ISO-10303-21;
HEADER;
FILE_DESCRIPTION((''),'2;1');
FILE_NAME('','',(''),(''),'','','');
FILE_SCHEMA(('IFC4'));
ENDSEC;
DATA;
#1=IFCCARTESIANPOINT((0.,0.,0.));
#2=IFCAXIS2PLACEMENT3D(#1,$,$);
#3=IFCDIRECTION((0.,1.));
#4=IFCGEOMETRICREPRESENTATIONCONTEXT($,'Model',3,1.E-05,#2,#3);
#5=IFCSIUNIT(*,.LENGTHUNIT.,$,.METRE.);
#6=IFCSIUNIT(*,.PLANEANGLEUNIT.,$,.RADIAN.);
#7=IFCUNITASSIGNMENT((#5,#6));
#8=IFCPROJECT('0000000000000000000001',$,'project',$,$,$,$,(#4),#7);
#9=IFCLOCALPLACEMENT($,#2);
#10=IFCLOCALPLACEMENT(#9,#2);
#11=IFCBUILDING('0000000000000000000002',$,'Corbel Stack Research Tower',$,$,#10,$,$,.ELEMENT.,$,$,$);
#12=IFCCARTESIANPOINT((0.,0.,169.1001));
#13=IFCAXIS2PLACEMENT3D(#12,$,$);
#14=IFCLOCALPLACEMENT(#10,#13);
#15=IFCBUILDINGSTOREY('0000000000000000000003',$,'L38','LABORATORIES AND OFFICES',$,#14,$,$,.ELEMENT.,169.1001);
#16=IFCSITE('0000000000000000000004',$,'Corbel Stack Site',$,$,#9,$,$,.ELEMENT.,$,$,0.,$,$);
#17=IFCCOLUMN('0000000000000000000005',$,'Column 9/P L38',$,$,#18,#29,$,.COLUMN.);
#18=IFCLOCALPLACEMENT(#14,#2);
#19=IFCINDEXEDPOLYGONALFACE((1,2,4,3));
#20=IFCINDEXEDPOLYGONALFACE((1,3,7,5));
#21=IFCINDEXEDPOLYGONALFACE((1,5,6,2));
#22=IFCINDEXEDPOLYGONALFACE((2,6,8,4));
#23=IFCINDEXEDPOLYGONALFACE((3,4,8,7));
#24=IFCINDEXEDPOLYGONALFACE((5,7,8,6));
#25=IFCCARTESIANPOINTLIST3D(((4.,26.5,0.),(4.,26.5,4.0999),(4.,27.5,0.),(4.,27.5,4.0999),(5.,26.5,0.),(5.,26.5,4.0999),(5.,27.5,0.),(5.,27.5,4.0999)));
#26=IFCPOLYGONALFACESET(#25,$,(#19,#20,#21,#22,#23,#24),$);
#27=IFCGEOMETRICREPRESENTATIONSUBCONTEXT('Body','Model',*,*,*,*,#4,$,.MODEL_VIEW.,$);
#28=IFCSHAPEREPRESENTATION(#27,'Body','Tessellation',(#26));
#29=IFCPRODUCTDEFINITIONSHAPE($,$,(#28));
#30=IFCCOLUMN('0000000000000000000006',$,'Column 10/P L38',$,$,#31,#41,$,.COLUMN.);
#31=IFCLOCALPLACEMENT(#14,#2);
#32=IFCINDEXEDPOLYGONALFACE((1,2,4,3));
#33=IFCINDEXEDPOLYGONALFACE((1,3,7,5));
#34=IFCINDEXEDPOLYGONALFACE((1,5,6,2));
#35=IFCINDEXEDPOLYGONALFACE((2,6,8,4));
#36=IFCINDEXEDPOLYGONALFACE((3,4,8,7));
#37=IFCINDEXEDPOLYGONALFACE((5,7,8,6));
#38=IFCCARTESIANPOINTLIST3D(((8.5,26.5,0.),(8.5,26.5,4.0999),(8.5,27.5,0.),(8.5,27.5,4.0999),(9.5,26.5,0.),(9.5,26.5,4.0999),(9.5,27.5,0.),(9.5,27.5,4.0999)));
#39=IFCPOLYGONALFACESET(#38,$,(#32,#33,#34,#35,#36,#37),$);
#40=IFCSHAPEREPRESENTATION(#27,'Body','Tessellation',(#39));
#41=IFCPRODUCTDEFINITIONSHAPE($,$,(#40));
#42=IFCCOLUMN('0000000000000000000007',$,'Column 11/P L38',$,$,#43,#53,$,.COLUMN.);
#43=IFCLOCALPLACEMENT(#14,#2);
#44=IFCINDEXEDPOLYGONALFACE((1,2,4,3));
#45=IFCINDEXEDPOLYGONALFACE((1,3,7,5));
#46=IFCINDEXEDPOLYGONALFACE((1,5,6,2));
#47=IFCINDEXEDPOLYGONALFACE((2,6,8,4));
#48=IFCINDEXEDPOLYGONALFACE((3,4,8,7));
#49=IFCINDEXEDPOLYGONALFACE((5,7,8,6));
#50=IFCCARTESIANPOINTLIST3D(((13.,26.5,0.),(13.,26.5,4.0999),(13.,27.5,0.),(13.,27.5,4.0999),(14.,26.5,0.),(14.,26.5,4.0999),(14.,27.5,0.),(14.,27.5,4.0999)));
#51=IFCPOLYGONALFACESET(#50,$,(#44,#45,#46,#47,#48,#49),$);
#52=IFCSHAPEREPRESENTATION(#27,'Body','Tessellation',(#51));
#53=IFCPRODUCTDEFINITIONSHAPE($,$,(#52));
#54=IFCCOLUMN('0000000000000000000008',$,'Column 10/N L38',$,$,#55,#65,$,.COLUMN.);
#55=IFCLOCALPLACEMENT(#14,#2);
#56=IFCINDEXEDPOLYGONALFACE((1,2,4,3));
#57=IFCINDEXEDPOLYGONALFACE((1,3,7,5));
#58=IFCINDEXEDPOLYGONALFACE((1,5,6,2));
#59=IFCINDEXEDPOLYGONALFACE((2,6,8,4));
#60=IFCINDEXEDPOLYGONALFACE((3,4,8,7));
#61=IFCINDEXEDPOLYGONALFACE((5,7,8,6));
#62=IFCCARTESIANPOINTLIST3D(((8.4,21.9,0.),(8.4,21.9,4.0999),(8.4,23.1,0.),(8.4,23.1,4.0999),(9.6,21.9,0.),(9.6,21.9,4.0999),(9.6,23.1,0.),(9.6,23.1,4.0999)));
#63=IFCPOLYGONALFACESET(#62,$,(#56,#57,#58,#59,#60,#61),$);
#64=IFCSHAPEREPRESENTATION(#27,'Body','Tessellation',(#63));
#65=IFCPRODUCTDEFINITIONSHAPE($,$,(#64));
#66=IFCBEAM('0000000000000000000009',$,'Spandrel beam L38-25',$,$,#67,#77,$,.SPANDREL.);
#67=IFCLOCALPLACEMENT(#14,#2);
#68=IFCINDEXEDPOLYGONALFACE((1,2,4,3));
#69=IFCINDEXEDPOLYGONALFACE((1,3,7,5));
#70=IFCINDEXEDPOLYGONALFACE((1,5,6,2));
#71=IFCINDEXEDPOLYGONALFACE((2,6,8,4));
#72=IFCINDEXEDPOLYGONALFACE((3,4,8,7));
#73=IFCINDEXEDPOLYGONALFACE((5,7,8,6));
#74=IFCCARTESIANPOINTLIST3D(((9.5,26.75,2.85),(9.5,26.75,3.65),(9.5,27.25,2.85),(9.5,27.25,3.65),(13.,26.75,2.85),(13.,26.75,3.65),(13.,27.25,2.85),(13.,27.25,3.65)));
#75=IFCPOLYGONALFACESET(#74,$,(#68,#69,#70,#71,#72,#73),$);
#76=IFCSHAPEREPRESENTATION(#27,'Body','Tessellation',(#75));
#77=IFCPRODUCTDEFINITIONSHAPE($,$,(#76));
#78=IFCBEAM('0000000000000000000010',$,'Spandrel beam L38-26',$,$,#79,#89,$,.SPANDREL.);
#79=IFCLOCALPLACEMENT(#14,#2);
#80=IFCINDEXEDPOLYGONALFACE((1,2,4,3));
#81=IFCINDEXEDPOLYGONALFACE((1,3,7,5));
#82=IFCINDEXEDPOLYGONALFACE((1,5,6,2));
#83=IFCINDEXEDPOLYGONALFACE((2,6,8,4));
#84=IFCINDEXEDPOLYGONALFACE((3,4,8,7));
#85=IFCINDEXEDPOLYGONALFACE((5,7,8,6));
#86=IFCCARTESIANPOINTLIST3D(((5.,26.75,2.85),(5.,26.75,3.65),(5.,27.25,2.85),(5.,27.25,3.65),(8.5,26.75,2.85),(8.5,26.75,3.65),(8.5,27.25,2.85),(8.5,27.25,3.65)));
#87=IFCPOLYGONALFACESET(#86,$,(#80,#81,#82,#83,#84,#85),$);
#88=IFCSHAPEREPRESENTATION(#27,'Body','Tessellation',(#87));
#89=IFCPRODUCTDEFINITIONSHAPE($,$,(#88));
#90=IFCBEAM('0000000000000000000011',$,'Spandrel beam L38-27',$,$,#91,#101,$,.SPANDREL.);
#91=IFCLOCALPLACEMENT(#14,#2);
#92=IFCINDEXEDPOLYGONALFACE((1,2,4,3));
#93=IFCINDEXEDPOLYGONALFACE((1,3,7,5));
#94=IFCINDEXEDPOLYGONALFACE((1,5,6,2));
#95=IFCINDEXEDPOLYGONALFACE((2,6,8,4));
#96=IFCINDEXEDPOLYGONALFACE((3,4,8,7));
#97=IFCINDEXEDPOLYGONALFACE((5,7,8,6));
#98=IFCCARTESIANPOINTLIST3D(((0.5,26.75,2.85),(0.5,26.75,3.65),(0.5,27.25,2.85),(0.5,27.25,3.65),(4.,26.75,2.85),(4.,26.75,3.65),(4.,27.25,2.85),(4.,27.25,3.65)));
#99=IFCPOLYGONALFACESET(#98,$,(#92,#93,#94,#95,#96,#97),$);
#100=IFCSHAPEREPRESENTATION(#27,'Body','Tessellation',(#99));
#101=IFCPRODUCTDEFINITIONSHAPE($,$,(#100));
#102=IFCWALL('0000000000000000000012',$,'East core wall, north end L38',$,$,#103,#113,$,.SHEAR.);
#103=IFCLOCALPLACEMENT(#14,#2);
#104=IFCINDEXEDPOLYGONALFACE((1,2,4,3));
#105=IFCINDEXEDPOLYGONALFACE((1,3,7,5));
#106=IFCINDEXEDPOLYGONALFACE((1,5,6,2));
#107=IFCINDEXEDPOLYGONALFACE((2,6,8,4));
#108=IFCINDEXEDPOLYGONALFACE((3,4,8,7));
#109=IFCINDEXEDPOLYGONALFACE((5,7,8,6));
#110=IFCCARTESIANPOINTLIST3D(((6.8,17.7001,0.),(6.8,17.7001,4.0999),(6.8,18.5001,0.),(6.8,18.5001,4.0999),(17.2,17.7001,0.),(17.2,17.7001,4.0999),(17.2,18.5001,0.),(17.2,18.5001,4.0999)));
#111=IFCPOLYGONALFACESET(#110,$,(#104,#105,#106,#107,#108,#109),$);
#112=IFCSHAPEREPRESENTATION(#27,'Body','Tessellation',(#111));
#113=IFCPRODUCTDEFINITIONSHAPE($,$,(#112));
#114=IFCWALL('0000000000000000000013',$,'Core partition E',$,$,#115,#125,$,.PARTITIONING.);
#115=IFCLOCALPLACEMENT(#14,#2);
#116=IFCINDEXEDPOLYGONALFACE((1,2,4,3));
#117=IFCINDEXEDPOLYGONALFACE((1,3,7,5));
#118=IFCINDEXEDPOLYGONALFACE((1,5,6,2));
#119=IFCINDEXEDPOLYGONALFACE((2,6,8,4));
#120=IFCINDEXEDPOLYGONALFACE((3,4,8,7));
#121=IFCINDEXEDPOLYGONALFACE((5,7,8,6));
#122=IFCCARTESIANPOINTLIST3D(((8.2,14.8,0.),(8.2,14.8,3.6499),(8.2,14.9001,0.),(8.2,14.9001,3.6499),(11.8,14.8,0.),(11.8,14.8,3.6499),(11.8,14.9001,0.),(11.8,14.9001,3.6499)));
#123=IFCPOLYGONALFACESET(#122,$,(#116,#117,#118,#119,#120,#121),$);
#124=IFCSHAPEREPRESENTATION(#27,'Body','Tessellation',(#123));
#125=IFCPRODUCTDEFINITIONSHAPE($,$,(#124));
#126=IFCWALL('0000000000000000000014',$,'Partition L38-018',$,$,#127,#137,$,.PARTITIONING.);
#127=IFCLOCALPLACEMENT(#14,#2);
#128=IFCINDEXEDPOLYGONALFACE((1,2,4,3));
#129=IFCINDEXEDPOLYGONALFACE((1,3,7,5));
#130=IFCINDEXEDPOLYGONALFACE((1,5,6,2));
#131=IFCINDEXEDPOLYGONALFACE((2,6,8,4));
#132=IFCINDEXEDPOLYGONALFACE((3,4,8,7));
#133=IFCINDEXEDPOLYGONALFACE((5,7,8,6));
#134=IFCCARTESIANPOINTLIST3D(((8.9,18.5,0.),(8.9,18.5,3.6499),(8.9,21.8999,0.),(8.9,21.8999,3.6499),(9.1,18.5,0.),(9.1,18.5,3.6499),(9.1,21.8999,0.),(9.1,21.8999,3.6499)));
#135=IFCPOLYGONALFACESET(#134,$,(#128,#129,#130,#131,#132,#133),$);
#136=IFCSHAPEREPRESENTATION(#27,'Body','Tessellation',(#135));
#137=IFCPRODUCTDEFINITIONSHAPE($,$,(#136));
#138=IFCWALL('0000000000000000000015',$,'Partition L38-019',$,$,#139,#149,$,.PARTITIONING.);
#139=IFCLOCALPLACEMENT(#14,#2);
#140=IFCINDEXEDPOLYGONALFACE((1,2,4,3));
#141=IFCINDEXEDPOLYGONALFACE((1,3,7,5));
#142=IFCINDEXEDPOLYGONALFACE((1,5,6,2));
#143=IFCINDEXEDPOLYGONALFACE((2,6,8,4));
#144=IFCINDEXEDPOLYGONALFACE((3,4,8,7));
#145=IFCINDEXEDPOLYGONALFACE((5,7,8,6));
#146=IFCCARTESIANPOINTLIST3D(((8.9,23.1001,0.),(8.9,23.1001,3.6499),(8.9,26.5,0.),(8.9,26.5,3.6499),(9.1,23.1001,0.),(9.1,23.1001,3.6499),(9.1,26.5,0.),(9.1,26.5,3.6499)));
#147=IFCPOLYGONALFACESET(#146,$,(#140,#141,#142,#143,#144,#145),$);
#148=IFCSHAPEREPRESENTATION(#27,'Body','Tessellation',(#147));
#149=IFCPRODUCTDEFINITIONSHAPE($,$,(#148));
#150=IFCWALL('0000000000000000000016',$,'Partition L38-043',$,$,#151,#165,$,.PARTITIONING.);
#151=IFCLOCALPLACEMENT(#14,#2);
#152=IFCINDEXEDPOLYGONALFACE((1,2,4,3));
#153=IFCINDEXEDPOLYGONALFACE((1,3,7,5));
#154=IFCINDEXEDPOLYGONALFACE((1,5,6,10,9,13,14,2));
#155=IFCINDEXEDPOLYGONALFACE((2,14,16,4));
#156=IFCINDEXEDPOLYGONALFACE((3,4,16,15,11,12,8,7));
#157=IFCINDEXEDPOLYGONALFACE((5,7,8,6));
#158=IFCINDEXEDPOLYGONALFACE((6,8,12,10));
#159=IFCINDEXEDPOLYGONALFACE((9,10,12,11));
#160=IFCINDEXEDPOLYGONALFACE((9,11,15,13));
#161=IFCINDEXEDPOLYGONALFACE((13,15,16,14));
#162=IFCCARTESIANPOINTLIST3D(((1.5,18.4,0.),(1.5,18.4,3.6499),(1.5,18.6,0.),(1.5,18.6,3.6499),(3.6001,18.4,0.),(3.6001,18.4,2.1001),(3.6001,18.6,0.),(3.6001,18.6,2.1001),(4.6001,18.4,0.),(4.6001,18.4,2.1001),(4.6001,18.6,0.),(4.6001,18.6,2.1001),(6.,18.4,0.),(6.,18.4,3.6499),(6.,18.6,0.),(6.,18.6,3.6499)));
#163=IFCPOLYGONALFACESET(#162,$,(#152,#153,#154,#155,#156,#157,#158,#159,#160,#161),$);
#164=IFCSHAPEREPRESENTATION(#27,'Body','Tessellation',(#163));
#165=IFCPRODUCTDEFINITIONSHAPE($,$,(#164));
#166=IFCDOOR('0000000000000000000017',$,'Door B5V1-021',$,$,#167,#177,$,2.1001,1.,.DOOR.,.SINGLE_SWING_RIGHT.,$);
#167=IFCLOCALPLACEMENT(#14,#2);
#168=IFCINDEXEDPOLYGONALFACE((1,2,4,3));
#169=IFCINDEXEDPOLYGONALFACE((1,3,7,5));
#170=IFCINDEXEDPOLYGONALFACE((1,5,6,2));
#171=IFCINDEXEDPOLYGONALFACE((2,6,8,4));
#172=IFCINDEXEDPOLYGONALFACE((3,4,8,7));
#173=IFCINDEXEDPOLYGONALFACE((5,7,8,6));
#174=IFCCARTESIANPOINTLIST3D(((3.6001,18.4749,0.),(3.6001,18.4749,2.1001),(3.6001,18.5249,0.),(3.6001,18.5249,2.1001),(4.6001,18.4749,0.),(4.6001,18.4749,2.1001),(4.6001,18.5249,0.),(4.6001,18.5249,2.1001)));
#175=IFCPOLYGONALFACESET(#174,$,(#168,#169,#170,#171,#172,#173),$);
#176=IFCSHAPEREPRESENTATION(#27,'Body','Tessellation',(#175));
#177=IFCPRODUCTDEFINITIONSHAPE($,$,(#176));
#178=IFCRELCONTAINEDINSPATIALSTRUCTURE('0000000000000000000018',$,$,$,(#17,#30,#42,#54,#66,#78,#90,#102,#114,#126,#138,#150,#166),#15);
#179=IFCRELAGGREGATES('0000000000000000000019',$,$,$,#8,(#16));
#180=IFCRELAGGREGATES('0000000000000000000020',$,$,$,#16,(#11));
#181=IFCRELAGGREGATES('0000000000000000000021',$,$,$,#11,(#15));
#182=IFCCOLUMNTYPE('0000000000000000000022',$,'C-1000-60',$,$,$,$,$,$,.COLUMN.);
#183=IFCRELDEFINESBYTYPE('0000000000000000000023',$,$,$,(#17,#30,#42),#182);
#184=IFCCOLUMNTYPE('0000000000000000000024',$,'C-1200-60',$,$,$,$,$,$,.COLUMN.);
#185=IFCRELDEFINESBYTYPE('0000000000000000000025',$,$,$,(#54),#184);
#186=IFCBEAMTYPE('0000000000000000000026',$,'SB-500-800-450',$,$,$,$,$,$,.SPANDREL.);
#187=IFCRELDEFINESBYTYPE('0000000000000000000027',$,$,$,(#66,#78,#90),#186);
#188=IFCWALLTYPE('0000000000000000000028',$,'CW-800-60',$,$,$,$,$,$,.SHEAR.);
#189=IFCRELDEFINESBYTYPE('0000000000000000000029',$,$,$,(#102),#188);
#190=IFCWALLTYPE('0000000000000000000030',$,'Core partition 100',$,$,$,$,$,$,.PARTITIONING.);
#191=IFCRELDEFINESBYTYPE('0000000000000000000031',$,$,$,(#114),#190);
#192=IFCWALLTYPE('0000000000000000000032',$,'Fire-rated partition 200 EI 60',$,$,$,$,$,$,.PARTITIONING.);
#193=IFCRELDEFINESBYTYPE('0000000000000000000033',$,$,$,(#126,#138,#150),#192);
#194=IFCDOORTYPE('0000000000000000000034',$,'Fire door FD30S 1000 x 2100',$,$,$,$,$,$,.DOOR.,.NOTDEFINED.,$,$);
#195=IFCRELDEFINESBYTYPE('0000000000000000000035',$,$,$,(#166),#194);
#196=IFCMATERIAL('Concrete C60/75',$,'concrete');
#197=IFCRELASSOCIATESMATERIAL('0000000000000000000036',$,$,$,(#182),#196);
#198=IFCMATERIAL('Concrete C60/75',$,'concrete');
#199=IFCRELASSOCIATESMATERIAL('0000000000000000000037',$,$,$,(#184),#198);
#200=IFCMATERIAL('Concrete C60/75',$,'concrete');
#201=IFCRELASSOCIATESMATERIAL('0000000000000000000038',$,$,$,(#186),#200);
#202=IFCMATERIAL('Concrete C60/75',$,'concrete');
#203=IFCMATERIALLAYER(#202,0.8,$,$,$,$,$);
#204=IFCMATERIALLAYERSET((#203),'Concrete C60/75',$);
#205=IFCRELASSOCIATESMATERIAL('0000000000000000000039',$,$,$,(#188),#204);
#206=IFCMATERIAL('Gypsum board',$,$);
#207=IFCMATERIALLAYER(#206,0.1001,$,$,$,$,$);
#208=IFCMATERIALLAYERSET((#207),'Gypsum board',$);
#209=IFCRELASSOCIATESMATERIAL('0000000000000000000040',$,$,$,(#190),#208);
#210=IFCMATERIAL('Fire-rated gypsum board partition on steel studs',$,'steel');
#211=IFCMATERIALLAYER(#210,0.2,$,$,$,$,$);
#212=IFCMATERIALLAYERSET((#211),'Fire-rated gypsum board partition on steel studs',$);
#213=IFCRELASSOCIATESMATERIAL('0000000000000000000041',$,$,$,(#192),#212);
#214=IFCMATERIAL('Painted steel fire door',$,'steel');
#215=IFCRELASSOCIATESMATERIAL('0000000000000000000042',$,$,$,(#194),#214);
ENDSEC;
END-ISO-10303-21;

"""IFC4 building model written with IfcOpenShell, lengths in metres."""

from ifc_helpers import new_model, si_unit, direction, frame, frame_2d, origin, origin_2d, place, context, subcontext, project, spatial, rectangle, extrude, material, layer, layer_set, material_profile, profile_set, type_object, element, fill, save


model = new_model("IFC4")

# Units and contexts
model_context = context("Model", 3, precision=1e-05, world=origin(), true_north=direction((0.0, 1.0)))
body_context = subcontext(model_context, "Body", "Model", "MODEL_VIEW")
ifc_project = project(units=[si_unit("LENGTHUNIT", "METRE"), si_unit("PLANEANGLEUNIT", "RADIAN")], contexts=[model_context])

# Site, building, storey
site_placement = place(None, origin())
site = spatial("IfcSite", under=ifc_project, at=site_placement, Name="Corbel Stack Site", CompositionType="ELEMENT", RefElevation=0.0)
building_placement = place(site_placement, origin())
building = spatial("IfcBuilding", under=site, at=building_placement, Name="Corbel Stack Research Tower", CompositionType="ELEMENT")
storey_placement = place(building_placement, frame((0.0, 0.0, 169.1001)))
storey = spatial("IfcBuildingStorey", under=building, at=storey_placement, Name="L38", Description="LABORATORIES AND OFFICES", CompositionType="ELEMENT", Elevation=169.1001)

# Columns
ifc_material_1 = material(Name="Concrete C60/75", Category="concrete")
ifc_material_profile_1 = material_profile(ifc_material_1, rectangle(XDim=1.0, YDim=1.0, at=origin_2d()), Name="RC 1000 x 1000")
ifc_profile_set_1 = profile_set([ifc_material_profile_1], Name="Concrete C60/75")
column_type_1 = type_object("IfcColumnType", Name="C-1000-60", PredefinedType="COLUMN", material=ifc_profile_set_1)
for number, where, z_axis, x_axis, name in (
    (1, (4.5, 27.0, 0.0), (0.0, 0.0, 1.0), (1.0, 0.0, 0.0), "Column 9/P L38"),
    (2, (9.0, 27.0, 0.0), (0.0, 0.0, 1.0), (1.0, 0.0, 0.0), "Column 10/P L38"),
    (3, (13.5, 27.0, 0.0), (0.0, 0.0, 1.0), (1.0, 0.0, 0.0), "Column 11/P L38"),
):
    element("IfcColumn", number, at=place(storey_placement, frame(where, z_axis=z_axis, x_axis=x_axis)), inside=storey, type_object=column_type_1, Name=name, PredefinedType="COLUMN", context=body_context, shape_type="SweptSolid", body=[
        extrude(rectangle(XDim=1.0, YDim=1.0, at=origin_2d()), origin(), (0.0, 0.0, 1.0), 4.0999),
    ])
ifc_material_2 = material(Name="Concrete C60/75", Category="concrete")
ifc_material_profile_2 = material_profile(ifc_material_2, rectangle(XDim=1.2, YDim=1.2, at=origin_2d()), Name="RC 1200 x 1200")
ifc_profile_set_2 = profile_set([ifc_material_profile_2], Name="Concrete C60/75")
column_type_2 = type_object("IfcColumnType", Name="C-1200-60", PredefinedType="COLUMN", material=ifc_profile_set_2)
column_placement = place(storey_placement, frame((9.0, 22.5, 0.0), z_axis=(0.0, 0.0, 1.0), x_axis=(1.0, 0.0, 0.0)))
element("IfcColumn", 4, at=column_placement, inside=storey, type_object=column_type_2, Name="Column 10/N L38", PredefinedType="COLUMN", context=body_context, shape_type="SweptSolid", body=[
    extrude(rectangle(XDim=1.2, YDim=1.2, at=origin_2d()), origin(), (0.0, 0.0, 1.0), 4.0999),
])

# Beams
ifc_material_3 = material(Name="Concrete C60/75", Category="concrete")
ifc_material_profile_3 = material_profile(ifc_material_3, rectangle(XDim=0.5, YDim=0.8, at=origin_2d()), Name="RC 500 x 800")
ifc_profile_set_3 = profile_set([ifc_material_profile_3], Name="Concrete C60/75")
beam_type = type_object("IfcBeamType", Name="SB-500-800-450", PredefinedType="SPANDREL", material=ifc_profile_set_3)
for number, where, z_axis, x_axis, name in (
    (5, (13.0, 27.0, 3.25), (-1.0, 0.0, 0.0), (0.0, -1.0, 0.0), "Spandrel beam L38-25"),
    (6, (8.5, 27.0, 3.25), (-1.0, 0.0, 0.0), (0.0, -1.0, 0.0), "Spandrel beam L38-26"),
    (7, (4.0, 27.0, 3.25), (-1.0, 0.0, 0.0), (0.0, -1.0, 0.0), "Spandrel beam L38-27"),
):
    element("IfcBeam", number, at=place(storey_placement, frame(where, z_axis=z_axis, x_axis=x_axis)), inside=storey, type_object=beam_type, Name=name, PredefinedType="SPANDREL", context=body_context, shape_type="SweptSolid", body=[
        extrude(rectangle(XDim=0.5, YDim=0.8, at=origin_2d()), origin(), (0.0, 0.0, 1.0), 3.5),
    ])

# Walls
ifc_material_4 = material(Name="Concrete C60/75", Category="concrete")
ifc_layer_1 = layer(ifc_material_4, 0.8)
ifc_layer_set_1 = layer_set([ifc_layer_1], Name="Concrete C60/75")
wall_type_1 = type_object("IfcWallType", Name="CW-800-60", PredefinedType="SHEAR", material=ifc_layer_set_1)
wall_1_placement = place(storey_placement, frame((6.8, 18.1001, 0.0), z_axis=(0.0, 0.0, 1.0), x_axis=(1.0, 0.0, 0.0)))
element("IfcWall", 8, at=wall_1_placement, inside=storey, type_object=wall_type_1, Name="East core wall, north end L38", PredefinedType="SHEAR", context=body_context, shape_type="SweptSolid", body=[
    extrude(rectangle(XDim=10.3999, YDim=0.8, at=frame_2d((5.2, 0.0))), origin(), (0.0, 0.0, 1.0), 4.0999),
])
ifc_material_5 = material(Name="Gypsum board")
ifc_layer_2 = layer(ifc_material_5, 0.1001)
ifc_layer_set_2 = layer_set([ifc_layer_2], Name="Gypsum board")
wall_type_2 = type_object("IfcWallType", Name="Core partition 100", PredefinedType="PARTITIONING", material=ifc_layer_set_2)
wall_2_placement = place(storey_placement, frame((8.2, 14.8501, 0.0), z_axis=(0.0, 0.0, 1.0), x_axis=(1.0, 0.0, 0.0)))
element("IfcWall", 9, at=wall_2_placement, inside=storey, type_object=wall_type_2, Name="Core partition E", PredefinedType="PARTITIONING", context=body_context, shape_type="SweptSolid", body=[
    extrude(rectangle(XDim=3.6001, YDim=0.1001, at=frame_2d((1.8, 0.0))), origin(), (0.0, 0.0, 1.0), 3.6499),
])
ifc_material_6 = material(Name="Fire-rated gypsum board partition on steel studs", Category="steel")
ifc_layer_3 = layer(ifc_material_6, 0.2)
ifc_layer_set_3 = layer_set([ifc_layer_3], Name="Fire-rated gypsum board partition on steel studs")
wall_type_3 = type_object("IfcWallType", Name="Fire-rated partition 200 EI 60", PredefinedType="PARTITIONING", material=ifc_layer_set_3)
for number, where, z_axis, x_axis, name in (
    (10, (9.0, 18.5, 0.0), (0.0, 0.0, 1.0), (0.0, 1.0, 0.0), "Partition L38-018"),
    (11, (9.0, 23.1001, 0.0), (0.0, 0.0, 1.0), (0.0, 1.0, 0.0), "Partition L38-019"),
):
    element("IfcWall", number, at=place(storey_placement, frame(where, z_axis=z_axis, x_axis=x_axis)), inside=storey, type_object=wall_type_3, Name=name, PredefinedType="PARTITIONING", context=body_context, shape_type="SweptSolid", body=[
        extrude(rectangle(XDim=3.3999, YDim=0.2, at=frame_2d((1.7, 0.0))), origin(), (0.0, 0.0, 1.0), 3.6499),
    ])

# Wall, opening, door
wall_3_placement = place(storey_placement, frame((1.5, 18.5, 0.0), z_axis=(0.0, 0.0, 1.0), x_axis=(1.0, 0.0, 0.0)))
wall_3 = element("IfcWall", 12, at=wall_3_placement, inside=storey, type_object=wall_type_3, Name="Partition L38-043", PredefinedType="PARTITIONING", context=body_context, shape_type="SweptSolid", body=[
    extrude(rectangle(XDim=4.5, YDim=0.2, at=frame_2d((2.25, 0.0))), origin(), (0.0, 0.0, 1.0), 3.6499),
])
opening_1_placement = place(wall_3_placement, frame((2.1001, 0.0, 0.0)))
opening_1 = element("IfcOpeningElement", 13, at=opening_1_placement, cuts=wall_3, PredefinedType="OPENING", context=body_context, shape_type="SweptSolid", body=[
    extrude(rectangle(XDim=1.0, YDim=2.1001, at=frame_2d((0.5, 1.05))), frame((0.0, 0.1099, 0.0), z_axis=(0.0, -1.0, 0.0), x_axis=(1.0, 0.0, 0.0)), (0.0, 0.0, 1.0), 0.22),
])
ifc_material_7 = material(Name="Painted steel fire door", Category="steel")
door_type_1 = type_object("IfcDoorType", Name="Fire door FD30S 1000 x 2100", OperationType="NOTDEFINED", PredefinedType="DOOR", material=ifc_material_7)
door_1_placement = place(opening_1_placement, origin())
door_1 = element("IfcDoor", 14, at=door_1_placement, inside=storey, type_object=door_type_1, Name="Door B5V1-021", OperationType="SINGLE_SWING_RIGHT", OverallHeight=2.1001, OverallWidth=1.0, PredefinedType="DOOR", context=body_context, shape_type="SweptSolid", body=[
    extrude(rectangle(XDim=1.0, YDim=2.1001, at=frame_2d((0.5, 1.05))), frame((0.0, 0.0249, 0.0), z_axis=(0.0, -1.0, 0.0), x_axis=(1.0, 0.0, 0.0)), (0.0, 0.0, 1.0), 0.05),
])
fill(opening_1, door_1)

save(model, "model.ifc")
